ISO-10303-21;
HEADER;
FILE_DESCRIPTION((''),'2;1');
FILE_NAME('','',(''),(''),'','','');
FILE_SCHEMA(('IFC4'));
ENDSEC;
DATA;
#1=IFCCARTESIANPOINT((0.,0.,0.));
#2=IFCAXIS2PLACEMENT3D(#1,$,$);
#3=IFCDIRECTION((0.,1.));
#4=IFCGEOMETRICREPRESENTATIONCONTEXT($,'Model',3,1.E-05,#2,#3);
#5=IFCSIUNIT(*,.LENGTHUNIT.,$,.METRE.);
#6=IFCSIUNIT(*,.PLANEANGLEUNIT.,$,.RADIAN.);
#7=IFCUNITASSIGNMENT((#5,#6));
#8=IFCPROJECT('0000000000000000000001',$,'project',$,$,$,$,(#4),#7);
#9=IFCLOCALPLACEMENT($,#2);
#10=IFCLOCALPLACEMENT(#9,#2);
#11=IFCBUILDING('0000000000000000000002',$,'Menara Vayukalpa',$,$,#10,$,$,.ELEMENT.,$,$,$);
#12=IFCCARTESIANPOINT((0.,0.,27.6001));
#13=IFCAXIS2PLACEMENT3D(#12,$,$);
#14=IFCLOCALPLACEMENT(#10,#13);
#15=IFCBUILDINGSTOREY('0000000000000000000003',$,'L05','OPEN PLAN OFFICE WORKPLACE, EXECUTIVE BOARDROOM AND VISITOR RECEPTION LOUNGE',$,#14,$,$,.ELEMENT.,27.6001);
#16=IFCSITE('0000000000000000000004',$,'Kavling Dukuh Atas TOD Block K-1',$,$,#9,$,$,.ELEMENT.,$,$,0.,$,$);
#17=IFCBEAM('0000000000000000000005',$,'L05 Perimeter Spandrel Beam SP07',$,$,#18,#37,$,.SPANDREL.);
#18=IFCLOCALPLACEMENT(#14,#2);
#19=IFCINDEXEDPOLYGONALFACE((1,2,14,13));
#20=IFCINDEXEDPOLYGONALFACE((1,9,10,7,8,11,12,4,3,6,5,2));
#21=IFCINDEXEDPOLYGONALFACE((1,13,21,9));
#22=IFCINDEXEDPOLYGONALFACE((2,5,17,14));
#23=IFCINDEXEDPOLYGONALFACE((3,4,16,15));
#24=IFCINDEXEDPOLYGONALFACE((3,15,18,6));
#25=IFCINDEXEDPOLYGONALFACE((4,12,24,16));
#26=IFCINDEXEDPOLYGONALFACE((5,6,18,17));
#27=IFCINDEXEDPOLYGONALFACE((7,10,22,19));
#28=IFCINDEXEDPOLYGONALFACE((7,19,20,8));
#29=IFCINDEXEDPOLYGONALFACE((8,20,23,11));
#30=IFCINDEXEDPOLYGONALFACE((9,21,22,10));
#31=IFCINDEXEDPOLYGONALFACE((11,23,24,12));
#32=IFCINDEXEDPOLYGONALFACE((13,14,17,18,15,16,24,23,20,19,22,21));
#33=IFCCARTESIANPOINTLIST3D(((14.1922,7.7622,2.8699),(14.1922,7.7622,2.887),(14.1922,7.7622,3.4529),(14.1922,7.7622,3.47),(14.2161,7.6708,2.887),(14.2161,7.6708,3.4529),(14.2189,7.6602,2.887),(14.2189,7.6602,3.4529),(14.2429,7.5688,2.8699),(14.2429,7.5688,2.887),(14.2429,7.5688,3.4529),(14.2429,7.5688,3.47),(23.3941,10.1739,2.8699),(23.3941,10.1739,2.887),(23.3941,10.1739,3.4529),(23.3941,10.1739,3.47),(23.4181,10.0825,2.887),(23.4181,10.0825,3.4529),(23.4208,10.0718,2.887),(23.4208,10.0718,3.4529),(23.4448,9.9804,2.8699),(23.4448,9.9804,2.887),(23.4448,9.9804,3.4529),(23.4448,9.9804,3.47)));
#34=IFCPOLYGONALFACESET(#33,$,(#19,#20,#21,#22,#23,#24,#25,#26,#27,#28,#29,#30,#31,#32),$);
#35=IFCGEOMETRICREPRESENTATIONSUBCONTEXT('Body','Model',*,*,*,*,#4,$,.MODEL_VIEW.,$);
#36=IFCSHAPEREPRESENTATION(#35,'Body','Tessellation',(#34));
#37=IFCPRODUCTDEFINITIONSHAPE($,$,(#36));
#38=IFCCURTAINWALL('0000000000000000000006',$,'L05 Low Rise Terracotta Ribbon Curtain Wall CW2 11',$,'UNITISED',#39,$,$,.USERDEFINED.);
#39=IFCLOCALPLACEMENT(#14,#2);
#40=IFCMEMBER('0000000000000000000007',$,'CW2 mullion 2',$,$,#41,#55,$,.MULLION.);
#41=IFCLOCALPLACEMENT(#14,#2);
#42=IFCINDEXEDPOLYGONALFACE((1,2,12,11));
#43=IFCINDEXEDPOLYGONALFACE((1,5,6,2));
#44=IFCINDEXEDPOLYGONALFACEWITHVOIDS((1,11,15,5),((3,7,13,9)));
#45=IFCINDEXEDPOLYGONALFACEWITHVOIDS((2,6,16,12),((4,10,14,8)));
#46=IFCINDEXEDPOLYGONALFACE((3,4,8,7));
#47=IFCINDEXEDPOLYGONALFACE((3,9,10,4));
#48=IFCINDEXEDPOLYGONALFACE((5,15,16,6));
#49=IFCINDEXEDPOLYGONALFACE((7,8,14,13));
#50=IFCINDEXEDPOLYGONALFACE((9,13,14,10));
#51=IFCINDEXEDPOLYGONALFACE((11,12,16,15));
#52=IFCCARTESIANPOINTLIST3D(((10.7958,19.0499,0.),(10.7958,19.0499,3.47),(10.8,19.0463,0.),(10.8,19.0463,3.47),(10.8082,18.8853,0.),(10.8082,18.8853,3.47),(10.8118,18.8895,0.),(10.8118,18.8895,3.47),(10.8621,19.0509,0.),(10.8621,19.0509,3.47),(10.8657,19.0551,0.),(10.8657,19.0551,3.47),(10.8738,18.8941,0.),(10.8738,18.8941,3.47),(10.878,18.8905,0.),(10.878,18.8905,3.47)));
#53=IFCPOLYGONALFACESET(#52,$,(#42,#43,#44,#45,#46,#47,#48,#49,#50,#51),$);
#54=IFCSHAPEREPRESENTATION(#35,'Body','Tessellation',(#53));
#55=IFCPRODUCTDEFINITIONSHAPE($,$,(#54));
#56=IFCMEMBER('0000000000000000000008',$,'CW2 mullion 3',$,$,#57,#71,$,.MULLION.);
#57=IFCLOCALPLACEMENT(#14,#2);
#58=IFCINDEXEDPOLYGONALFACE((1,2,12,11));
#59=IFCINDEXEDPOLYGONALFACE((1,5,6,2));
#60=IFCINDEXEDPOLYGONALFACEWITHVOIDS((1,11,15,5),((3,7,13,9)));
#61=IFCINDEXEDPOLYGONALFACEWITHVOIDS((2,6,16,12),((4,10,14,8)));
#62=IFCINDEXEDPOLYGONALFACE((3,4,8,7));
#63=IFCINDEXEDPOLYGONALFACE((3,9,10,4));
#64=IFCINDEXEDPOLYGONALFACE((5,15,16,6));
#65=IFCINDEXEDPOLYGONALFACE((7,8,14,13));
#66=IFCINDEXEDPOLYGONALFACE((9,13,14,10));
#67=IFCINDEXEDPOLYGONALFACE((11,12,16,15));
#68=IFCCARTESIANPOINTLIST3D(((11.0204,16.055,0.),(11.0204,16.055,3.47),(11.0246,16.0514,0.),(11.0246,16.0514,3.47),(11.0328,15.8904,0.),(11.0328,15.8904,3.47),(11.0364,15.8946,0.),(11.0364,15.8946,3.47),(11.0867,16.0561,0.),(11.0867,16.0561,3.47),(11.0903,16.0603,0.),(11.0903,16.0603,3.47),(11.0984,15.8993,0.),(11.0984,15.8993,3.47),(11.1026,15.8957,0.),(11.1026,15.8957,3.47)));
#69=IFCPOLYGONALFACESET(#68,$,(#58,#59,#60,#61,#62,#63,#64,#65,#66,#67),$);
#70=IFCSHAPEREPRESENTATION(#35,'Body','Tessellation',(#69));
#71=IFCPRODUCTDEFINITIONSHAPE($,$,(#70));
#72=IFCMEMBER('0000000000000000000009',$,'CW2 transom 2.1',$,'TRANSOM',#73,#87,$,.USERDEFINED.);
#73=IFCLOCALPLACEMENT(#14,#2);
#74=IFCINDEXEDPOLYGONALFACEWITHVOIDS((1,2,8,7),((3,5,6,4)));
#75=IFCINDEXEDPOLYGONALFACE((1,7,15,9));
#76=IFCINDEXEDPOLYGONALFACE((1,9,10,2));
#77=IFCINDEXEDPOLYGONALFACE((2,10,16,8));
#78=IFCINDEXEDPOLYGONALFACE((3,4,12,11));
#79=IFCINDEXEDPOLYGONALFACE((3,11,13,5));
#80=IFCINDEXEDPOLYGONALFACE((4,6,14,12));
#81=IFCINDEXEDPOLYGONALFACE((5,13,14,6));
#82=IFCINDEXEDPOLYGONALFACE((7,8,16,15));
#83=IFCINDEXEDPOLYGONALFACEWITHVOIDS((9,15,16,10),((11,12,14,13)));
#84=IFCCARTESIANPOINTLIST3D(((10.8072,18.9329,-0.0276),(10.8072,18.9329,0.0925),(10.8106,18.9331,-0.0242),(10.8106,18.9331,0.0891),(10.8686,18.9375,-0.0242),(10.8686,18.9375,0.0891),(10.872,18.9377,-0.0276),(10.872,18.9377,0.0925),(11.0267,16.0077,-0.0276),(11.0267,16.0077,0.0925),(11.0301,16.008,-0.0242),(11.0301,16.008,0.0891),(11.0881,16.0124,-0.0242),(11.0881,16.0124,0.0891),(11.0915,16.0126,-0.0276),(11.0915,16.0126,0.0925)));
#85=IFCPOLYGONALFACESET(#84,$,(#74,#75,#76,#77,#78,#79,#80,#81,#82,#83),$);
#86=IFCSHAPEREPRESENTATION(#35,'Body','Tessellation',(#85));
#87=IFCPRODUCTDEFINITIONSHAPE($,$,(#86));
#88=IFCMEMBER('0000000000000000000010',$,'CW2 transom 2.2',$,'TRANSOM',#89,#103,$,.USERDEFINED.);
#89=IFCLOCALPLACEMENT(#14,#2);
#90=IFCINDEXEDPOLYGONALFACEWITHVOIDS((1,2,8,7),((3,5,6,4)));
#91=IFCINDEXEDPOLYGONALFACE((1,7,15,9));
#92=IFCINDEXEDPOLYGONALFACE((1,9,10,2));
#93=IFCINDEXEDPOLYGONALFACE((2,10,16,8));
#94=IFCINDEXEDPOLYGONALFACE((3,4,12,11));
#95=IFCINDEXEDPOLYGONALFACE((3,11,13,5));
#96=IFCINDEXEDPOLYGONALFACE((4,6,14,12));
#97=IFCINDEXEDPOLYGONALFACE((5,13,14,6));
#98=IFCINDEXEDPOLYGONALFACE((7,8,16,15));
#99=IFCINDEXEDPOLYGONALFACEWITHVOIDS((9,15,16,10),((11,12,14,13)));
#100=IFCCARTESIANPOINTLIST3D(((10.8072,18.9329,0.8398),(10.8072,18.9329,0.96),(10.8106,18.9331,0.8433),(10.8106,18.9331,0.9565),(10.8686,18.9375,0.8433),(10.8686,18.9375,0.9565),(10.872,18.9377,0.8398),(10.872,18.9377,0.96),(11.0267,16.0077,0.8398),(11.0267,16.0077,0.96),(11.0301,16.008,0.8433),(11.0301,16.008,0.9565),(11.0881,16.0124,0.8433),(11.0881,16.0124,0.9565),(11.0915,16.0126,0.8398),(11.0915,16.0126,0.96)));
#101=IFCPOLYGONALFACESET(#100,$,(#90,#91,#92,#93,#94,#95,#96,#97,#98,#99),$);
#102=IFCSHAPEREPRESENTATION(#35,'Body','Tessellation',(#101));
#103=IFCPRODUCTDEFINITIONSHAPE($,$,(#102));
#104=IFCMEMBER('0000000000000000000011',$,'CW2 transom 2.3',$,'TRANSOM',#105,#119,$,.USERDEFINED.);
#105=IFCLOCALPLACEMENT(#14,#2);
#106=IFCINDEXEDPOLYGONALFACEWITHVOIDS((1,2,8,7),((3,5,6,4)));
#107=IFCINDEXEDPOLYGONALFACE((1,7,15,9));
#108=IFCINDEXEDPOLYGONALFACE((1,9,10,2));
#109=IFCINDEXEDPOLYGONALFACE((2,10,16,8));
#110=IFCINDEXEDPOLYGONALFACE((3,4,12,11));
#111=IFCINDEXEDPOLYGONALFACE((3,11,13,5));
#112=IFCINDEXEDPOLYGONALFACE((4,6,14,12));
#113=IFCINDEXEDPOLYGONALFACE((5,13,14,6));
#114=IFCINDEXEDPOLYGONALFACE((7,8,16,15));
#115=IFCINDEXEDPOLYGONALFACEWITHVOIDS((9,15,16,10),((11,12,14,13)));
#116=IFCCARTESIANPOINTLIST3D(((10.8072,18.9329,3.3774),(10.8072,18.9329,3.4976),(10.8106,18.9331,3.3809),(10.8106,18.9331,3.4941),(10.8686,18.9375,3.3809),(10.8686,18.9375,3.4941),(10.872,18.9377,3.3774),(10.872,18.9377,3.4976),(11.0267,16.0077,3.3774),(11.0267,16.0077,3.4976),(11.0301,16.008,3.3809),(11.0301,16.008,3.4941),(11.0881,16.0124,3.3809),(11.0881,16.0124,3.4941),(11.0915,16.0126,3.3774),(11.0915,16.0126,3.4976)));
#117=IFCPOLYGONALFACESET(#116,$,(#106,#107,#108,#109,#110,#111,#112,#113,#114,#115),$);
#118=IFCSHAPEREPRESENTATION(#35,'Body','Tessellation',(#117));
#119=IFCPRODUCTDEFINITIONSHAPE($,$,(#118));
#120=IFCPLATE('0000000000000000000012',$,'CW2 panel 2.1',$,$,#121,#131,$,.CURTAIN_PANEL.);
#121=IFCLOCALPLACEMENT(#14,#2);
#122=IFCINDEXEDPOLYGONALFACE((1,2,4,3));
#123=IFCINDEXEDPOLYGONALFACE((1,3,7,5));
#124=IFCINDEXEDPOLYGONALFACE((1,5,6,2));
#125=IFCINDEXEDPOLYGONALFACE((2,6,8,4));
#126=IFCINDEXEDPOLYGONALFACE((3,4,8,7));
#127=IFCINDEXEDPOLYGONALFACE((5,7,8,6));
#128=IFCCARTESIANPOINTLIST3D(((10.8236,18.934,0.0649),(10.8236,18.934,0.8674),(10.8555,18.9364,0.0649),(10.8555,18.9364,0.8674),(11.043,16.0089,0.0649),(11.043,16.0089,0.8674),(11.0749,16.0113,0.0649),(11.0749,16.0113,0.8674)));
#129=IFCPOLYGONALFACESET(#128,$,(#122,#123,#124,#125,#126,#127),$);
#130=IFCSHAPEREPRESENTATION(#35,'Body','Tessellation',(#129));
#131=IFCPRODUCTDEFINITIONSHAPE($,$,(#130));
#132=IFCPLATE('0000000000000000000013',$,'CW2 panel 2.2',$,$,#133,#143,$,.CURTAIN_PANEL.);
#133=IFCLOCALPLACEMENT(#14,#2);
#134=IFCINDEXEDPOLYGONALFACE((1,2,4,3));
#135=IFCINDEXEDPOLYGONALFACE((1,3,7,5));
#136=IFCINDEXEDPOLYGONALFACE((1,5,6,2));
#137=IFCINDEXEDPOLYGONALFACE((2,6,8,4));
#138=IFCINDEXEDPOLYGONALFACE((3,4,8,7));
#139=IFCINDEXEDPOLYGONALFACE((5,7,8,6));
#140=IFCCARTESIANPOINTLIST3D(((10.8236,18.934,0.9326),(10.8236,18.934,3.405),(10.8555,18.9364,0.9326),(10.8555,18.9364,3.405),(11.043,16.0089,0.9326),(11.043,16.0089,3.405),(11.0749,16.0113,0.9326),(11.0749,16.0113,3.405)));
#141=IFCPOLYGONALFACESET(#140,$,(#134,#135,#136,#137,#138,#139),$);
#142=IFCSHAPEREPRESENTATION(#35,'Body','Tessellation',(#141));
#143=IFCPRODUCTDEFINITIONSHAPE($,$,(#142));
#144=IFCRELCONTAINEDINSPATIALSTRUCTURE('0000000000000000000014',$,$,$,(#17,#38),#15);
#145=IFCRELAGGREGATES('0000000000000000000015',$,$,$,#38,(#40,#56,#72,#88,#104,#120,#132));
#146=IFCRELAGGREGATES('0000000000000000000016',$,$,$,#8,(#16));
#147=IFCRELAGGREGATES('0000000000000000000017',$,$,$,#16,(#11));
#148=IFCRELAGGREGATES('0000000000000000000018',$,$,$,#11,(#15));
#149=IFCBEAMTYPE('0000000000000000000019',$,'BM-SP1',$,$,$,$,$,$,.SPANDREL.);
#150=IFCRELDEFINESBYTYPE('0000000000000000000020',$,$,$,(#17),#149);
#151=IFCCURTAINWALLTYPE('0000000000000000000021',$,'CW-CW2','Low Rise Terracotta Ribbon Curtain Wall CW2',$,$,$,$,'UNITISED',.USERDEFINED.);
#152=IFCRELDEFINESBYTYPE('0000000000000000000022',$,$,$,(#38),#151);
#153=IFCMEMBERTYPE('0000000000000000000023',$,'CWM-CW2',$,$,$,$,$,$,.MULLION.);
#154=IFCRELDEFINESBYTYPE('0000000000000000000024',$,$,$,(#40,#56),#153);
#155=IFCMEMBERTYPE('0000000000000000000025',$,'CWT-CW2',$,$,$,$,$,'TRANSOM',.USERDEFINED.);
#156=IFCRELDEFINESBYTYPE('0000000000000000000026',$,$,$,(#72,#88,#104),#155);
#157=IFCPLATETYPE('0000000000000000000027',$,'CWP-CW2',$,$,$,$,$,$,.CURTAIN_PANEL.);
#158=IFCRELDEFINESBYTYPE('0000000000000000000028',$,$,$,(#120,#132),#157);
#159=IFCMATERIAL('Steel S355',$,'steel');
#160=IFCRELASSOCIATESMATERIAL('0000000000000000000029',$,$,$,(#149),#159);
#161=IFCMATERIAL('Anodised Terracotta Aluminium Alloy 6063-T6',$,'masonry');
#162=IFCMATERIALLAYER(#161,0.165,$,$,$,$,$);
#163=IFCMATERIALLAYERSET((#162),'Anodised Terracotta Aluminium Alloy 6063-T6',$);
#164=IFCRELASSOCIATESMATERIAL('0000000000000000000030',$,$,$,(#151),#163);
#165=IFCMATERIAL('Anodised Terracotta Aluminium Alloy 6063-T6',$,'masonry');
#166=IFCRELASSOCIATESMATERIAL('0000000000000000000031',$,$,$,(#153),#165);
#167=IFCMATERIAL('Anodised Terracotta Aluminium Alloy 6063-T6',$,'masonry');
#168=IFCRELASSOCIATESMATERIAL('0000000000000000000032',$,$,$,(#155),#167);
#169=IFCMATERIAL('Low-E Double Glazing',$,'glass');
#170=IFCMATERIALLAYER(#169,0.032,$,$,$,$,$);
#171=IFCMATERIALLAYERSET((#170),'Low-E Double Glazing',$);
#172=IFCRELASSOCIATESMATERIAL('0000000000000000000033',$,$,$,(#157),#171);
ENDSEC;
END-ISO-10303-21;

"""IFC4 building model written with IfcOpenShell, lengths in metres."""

from ifc_helpers import new_model, si_unit, direction, frame, origin, origin_2d, place, context, subcontext, project, spatial, rectangle, hollow_rectangle, i_section, extrude, material, layer, layer_set, material_profile, profile_set, type_object, element, aggregate, save


model = new_model("IFC4")

# Units and contexts
model_context = context("Model", 3, precision=1e-05, world=origin(), true_north=direction((0.0, 1.0)))
body_context = subcontext(model_context, "Body", "Model", "MODEL_VIEW")
ifc_project = project(units=[si_unit("LENGTHUNIT", "METRE"), si_unit("PLANEANGLEUNIT", "RADIAN")], contexts=[model_context])

# Site, building, storey
site_placement = place(None, origin())
site = spatial("IfcSite", under=ifc_project, at=site_placement, Name="Kavling Dukuh Atas TOD Block K-1", CompositionType="ELEMENT", RefElevation=0.0)
building_placement = place(site_placement, origin())
building = spatial("IfcBuilding", under=site, at=building_placement, Name="Menara Vayukalpa", CompositionType="ELEMENT")
storey_placement = place(building_placement, frame((0.0, 0.0, 27.6001)))
storey = spatial("IfcBuildingStorey", under=building, at=storey_placement, Name="L05", Description="OPEN PLAN OFFICE WORKPLACE, EXECUTIVE BOARDROOM AND VISITOR RECEPTION LOUNGE", CompositionType="ELEMENT", Elevation=27.6001)

# Beam
ifc_material_1 = material(Name="Steel S355", Category="steel")
ifc_material_profile_1 = material_profile(ifc_material_1, i_section(OverallWidth=0.2, OverallDepth=0.6001, WebThickness=0.011, FlangeThickness=0.0171, at=origin_2d()), Name="WF 600x200x11x17")
ifc_profile_set_1 = profile_set([ifc_material_profile_1], Name="Steel S355")
beam_type_1 = type_object("IfcBeamType", Name="BM-SP1", PredefinedType="SPANDREL", material=ifc_profile_set_1)
beam_1_placement = place(storey_placement, frame((14.2175, 7.6655, 3.1699), z_axis=(0.967331, 0.253517, 0.0), x_axis=(-0.253517, 0.967331, 0.0)))
element("IfcBeam", 1, at=beam_1_placement, inside=storey, type_object=beam_type_1, Name="L05 Perimeter Spandrel Beam SP07", PredefinedType="SPANDREL", context=body_context, shape_type="SweptSolid", body=[
    extrude(i_section(OverallWidth=0.2, OverallDepth=0.6001, WebThickness=0.011, FlangeThickness=0.0171, at=origin_2d()), origin(), (0.0, 0.0, 1.0), 9.5127),
])

# Curtain wall, members, plates
ifc_material_2 = material(Name="Anodised Terracotta Aluminium Alloy 6063-T6", Category="masonry")
ifc_layer_1 = layer(ifc_material_2, 0.165)
ifc_layer_set_1 = layer_set([ifc_layer_1], Name="Anodised Terracotta Aluminium Alloy 6063-T6")
curtain_wall_type = type_object("IfcCurtainWallType", Name="CW-CW2", Description="Low Rise Terracotta Ribbon Curtain Wall CW2", ElementType="UNITISED", PredefinedType="USERDEFINED", material=ifc_layer_set_1)
curtain_wall_placement = place(storey_placement, origin())
curtain_wall = element("IfcCurtainWall", 2, at=curtain_wall_placement, inside=storey, type_object=curtain_wall_type, Name="L05 Low Rise Terracotta Ribbon Curtain Wall CW2 11", ObjectType="UNITISED", PredefinedType="USERDEFINED")
ifc_material_3 = material(Name="Anodised Terracotta Aluminium Alloy 6063-T6", Category="masonry")
ifc_material_profile_2 = material_profile(ifc_material_3, hollow_rectangle(XDim=0.0701, YDim=0.165, WallThickness=0.0039, at=origin_2d()), Name="ALU 70x165x4")
ifc_profile_set_2 = profile_set([ifc_material_profile_2], Name="Anodised Terracotta Aluminium Alloy 6063-T6")
member_type_1 = type_object("IfcMemberType", Name="CWM-CW2", PredefinedType="MULLION", material=ifc_profile_set_2)
member_1_placement = place(storey_placement, frame((10.8369, 18.9702, 0.0), z_axis=(0.0, 0.0, 1.0), x_axis=(0.997199, 0.074795, 0.0)))
member_1 = element("IfcMember", 3, at=member_1_placement, type_object=member_type_1, Name="CW2 mullion 2", PredefinedType="MULLION", context=body_context, shape_type="SweptSolid", body=[
    extrude(hollow_rectangle(XDim=0.0701, YDim=0.165, WallThickness=0.0039, at=origin_2d()), origin(), (0.0, 0.0, 1.0), 3.47),
])
member_2_placement = place(storey_placement, frame((11.0615, 15.9753, 0.0), z_axis=(0.0, 0.0, 1.0), x_axis=(0.997199, 0.074795, 0.0)))
member_2 = element("IfcMember", 4, at=member_2_placement, type_object=member_type_1, Name="CW2 mullion 3", PredefinedType="MULLION", context=body_context, shape_type="SweptSolid", body=[
    extrude(hollow_rectangle(XDim=0.0701, YDim=0.165, WallThickness=0.0039, at=origin_2d()), origin(), (0.0, 0.0, 1.0), 3.47),
])
ifc_material_4 = material(Name="Anodised Terracotta Aluminium Alloy 6063-T6", Category="masonry")
ifc_material_profile_3 = material_profile(ifc_material_4, hollow_rectangle(XDim=0.0649, YDim=0.1201, WallThickness=0.0034, at=origin_2d()), Name="ALU 65x120x3.5")
ifc_profile_set_3 = profile_set([ifc_material_profile_3], Name="Anodised Terracotta Aluminium Alloy 6063-T6")
member_type_2 = type_object("IfcMemberType", Name="CWT-CW2", ElementType="TRANSOM", PredefinedType="USERDEFINED", material=ifc_profile_set_3)
member_3_placement = place(storey_placement, frame((10.8396, 18.9353, 0.0325), z_axis=(0.074825, -0.997197, 0.0), x_axis=(0.997197, 0.074825, 0.0)))
member_3 = element("IfcMember", 5, at=member_3_placement, type_object=member_type_2, Name="CW2 transom 2.1", ObjectType="TRANSOM", PredefinedType="USERDEFINED", context=body_context, shape_type="SweptSolid", body=[
    extrude(hollow_rectangle(XDim=0.0649, YDim=0.1201, WallThickness=0.0034, at=origin_2d()), origin(), (0.0, 0.0, 1.0), 2.9333),
])
member_4_placement = place(storey_placement, frame((10.8396, 18.9353, 0.8999), z_axis=(0.074825, -0.997197, 0.0), x_axis=(0.997197, 0.074825, 0.0)))
member_4 = element("IfcMember", 6, at=member_4_placement, type_object=member_type_2, Name="CW2 transom 2.2", ObjectType="TRANSOM", PredefinedType="USERDEFINED", context=body_context, shape_type="SweptSolid", body=[
    extrude(hollow_rectangle(XDim=0.0649, YDim=0.1201, WallThickness=0.0034, at=origin_2d()), origin(), (0.0, 0.0, 1.0), 2.9333),
])
member_5_placement = place(storey_placement, frame((10.8396, 18.9353, 3.4375), z_axis=(0.074825, -0.997197, 0.0), x_axis=(0.997197, 0.074825, 0.0)))
member_5 = element("IfcMember", 7, at=member_5_placement, type_object=member_type_2, Name="CW2 transom 2.3", ObjectType="TRANSOM", PredefinedType="USERDEFINED", context=body_context, shape_type="SweptSolid", body=[
    extrude(hollow_rectangle(XDim=0.0649, YDim=0.1201, WallThickness=0.0034, at=origin_2d()), origin(), (0.0, 0.0, 1.0), 2.9333),
])
ifc_material_5 = material(Name="Low-E Double Glazing", Category="glass")
ifc_layer_2 = layer(ifc_material_5, 0.032)
ifc_layer_set_2 = layer_set([ifc_layer_2], Name="Low-E Double Glazing")
plate_type = type_object("IfcPlateType", Name="CWP-CW2", PredefinedType="CURTAIN_PANEL", material=ifc_layer_set_2)
plate_1_placement = place(storey_placement, frame((10.9492, 17.4727, 0.0649), z_axis=(0.0, 0.0, 1.0), x_axis=(0.074795, -0.997199, 0.0)))
plate_1 = element("IfcPlate", 8, at=plate_1_placement, type_object=plate_type, Name="CW2 panel 2.1", PredefinedType="CURTAIN_PANEL", context=body_context, shape_type="SweptSolid", body=[
    extrude(rectangle(XDim=2.9333, YDim=0.032, at=origin_2d()), origin(), (0.0, 0.0, 1.0), 0.8025),
])
plate_2_placement = place(storey_placement, frame((10.9492, 17.4727, 0.9326), z_axis=(0.0, 0.0, 1.0), x_axis=(0.074795, -0.997199, 0.0)))
plate_2 = element("IfcPlate", 9, at=plate_2_placement, type_object=plate_type, Name="CW2 panel 2.2", PredefinedType="CURTAIN_PANEL", context=body_context, shape_type="SweptSolid", body=[
    extrude(rectangle(XDim=2.9333, YDim=0.032, at=origin_2d()), origin(), (0.0, 0.0, 1.0), 2.4724),
])
aggregate(curtain_wall, [member_1, member_2, member_3, member_4, member_5, plate_1, plate_2])

save(model, "model.ifc")
